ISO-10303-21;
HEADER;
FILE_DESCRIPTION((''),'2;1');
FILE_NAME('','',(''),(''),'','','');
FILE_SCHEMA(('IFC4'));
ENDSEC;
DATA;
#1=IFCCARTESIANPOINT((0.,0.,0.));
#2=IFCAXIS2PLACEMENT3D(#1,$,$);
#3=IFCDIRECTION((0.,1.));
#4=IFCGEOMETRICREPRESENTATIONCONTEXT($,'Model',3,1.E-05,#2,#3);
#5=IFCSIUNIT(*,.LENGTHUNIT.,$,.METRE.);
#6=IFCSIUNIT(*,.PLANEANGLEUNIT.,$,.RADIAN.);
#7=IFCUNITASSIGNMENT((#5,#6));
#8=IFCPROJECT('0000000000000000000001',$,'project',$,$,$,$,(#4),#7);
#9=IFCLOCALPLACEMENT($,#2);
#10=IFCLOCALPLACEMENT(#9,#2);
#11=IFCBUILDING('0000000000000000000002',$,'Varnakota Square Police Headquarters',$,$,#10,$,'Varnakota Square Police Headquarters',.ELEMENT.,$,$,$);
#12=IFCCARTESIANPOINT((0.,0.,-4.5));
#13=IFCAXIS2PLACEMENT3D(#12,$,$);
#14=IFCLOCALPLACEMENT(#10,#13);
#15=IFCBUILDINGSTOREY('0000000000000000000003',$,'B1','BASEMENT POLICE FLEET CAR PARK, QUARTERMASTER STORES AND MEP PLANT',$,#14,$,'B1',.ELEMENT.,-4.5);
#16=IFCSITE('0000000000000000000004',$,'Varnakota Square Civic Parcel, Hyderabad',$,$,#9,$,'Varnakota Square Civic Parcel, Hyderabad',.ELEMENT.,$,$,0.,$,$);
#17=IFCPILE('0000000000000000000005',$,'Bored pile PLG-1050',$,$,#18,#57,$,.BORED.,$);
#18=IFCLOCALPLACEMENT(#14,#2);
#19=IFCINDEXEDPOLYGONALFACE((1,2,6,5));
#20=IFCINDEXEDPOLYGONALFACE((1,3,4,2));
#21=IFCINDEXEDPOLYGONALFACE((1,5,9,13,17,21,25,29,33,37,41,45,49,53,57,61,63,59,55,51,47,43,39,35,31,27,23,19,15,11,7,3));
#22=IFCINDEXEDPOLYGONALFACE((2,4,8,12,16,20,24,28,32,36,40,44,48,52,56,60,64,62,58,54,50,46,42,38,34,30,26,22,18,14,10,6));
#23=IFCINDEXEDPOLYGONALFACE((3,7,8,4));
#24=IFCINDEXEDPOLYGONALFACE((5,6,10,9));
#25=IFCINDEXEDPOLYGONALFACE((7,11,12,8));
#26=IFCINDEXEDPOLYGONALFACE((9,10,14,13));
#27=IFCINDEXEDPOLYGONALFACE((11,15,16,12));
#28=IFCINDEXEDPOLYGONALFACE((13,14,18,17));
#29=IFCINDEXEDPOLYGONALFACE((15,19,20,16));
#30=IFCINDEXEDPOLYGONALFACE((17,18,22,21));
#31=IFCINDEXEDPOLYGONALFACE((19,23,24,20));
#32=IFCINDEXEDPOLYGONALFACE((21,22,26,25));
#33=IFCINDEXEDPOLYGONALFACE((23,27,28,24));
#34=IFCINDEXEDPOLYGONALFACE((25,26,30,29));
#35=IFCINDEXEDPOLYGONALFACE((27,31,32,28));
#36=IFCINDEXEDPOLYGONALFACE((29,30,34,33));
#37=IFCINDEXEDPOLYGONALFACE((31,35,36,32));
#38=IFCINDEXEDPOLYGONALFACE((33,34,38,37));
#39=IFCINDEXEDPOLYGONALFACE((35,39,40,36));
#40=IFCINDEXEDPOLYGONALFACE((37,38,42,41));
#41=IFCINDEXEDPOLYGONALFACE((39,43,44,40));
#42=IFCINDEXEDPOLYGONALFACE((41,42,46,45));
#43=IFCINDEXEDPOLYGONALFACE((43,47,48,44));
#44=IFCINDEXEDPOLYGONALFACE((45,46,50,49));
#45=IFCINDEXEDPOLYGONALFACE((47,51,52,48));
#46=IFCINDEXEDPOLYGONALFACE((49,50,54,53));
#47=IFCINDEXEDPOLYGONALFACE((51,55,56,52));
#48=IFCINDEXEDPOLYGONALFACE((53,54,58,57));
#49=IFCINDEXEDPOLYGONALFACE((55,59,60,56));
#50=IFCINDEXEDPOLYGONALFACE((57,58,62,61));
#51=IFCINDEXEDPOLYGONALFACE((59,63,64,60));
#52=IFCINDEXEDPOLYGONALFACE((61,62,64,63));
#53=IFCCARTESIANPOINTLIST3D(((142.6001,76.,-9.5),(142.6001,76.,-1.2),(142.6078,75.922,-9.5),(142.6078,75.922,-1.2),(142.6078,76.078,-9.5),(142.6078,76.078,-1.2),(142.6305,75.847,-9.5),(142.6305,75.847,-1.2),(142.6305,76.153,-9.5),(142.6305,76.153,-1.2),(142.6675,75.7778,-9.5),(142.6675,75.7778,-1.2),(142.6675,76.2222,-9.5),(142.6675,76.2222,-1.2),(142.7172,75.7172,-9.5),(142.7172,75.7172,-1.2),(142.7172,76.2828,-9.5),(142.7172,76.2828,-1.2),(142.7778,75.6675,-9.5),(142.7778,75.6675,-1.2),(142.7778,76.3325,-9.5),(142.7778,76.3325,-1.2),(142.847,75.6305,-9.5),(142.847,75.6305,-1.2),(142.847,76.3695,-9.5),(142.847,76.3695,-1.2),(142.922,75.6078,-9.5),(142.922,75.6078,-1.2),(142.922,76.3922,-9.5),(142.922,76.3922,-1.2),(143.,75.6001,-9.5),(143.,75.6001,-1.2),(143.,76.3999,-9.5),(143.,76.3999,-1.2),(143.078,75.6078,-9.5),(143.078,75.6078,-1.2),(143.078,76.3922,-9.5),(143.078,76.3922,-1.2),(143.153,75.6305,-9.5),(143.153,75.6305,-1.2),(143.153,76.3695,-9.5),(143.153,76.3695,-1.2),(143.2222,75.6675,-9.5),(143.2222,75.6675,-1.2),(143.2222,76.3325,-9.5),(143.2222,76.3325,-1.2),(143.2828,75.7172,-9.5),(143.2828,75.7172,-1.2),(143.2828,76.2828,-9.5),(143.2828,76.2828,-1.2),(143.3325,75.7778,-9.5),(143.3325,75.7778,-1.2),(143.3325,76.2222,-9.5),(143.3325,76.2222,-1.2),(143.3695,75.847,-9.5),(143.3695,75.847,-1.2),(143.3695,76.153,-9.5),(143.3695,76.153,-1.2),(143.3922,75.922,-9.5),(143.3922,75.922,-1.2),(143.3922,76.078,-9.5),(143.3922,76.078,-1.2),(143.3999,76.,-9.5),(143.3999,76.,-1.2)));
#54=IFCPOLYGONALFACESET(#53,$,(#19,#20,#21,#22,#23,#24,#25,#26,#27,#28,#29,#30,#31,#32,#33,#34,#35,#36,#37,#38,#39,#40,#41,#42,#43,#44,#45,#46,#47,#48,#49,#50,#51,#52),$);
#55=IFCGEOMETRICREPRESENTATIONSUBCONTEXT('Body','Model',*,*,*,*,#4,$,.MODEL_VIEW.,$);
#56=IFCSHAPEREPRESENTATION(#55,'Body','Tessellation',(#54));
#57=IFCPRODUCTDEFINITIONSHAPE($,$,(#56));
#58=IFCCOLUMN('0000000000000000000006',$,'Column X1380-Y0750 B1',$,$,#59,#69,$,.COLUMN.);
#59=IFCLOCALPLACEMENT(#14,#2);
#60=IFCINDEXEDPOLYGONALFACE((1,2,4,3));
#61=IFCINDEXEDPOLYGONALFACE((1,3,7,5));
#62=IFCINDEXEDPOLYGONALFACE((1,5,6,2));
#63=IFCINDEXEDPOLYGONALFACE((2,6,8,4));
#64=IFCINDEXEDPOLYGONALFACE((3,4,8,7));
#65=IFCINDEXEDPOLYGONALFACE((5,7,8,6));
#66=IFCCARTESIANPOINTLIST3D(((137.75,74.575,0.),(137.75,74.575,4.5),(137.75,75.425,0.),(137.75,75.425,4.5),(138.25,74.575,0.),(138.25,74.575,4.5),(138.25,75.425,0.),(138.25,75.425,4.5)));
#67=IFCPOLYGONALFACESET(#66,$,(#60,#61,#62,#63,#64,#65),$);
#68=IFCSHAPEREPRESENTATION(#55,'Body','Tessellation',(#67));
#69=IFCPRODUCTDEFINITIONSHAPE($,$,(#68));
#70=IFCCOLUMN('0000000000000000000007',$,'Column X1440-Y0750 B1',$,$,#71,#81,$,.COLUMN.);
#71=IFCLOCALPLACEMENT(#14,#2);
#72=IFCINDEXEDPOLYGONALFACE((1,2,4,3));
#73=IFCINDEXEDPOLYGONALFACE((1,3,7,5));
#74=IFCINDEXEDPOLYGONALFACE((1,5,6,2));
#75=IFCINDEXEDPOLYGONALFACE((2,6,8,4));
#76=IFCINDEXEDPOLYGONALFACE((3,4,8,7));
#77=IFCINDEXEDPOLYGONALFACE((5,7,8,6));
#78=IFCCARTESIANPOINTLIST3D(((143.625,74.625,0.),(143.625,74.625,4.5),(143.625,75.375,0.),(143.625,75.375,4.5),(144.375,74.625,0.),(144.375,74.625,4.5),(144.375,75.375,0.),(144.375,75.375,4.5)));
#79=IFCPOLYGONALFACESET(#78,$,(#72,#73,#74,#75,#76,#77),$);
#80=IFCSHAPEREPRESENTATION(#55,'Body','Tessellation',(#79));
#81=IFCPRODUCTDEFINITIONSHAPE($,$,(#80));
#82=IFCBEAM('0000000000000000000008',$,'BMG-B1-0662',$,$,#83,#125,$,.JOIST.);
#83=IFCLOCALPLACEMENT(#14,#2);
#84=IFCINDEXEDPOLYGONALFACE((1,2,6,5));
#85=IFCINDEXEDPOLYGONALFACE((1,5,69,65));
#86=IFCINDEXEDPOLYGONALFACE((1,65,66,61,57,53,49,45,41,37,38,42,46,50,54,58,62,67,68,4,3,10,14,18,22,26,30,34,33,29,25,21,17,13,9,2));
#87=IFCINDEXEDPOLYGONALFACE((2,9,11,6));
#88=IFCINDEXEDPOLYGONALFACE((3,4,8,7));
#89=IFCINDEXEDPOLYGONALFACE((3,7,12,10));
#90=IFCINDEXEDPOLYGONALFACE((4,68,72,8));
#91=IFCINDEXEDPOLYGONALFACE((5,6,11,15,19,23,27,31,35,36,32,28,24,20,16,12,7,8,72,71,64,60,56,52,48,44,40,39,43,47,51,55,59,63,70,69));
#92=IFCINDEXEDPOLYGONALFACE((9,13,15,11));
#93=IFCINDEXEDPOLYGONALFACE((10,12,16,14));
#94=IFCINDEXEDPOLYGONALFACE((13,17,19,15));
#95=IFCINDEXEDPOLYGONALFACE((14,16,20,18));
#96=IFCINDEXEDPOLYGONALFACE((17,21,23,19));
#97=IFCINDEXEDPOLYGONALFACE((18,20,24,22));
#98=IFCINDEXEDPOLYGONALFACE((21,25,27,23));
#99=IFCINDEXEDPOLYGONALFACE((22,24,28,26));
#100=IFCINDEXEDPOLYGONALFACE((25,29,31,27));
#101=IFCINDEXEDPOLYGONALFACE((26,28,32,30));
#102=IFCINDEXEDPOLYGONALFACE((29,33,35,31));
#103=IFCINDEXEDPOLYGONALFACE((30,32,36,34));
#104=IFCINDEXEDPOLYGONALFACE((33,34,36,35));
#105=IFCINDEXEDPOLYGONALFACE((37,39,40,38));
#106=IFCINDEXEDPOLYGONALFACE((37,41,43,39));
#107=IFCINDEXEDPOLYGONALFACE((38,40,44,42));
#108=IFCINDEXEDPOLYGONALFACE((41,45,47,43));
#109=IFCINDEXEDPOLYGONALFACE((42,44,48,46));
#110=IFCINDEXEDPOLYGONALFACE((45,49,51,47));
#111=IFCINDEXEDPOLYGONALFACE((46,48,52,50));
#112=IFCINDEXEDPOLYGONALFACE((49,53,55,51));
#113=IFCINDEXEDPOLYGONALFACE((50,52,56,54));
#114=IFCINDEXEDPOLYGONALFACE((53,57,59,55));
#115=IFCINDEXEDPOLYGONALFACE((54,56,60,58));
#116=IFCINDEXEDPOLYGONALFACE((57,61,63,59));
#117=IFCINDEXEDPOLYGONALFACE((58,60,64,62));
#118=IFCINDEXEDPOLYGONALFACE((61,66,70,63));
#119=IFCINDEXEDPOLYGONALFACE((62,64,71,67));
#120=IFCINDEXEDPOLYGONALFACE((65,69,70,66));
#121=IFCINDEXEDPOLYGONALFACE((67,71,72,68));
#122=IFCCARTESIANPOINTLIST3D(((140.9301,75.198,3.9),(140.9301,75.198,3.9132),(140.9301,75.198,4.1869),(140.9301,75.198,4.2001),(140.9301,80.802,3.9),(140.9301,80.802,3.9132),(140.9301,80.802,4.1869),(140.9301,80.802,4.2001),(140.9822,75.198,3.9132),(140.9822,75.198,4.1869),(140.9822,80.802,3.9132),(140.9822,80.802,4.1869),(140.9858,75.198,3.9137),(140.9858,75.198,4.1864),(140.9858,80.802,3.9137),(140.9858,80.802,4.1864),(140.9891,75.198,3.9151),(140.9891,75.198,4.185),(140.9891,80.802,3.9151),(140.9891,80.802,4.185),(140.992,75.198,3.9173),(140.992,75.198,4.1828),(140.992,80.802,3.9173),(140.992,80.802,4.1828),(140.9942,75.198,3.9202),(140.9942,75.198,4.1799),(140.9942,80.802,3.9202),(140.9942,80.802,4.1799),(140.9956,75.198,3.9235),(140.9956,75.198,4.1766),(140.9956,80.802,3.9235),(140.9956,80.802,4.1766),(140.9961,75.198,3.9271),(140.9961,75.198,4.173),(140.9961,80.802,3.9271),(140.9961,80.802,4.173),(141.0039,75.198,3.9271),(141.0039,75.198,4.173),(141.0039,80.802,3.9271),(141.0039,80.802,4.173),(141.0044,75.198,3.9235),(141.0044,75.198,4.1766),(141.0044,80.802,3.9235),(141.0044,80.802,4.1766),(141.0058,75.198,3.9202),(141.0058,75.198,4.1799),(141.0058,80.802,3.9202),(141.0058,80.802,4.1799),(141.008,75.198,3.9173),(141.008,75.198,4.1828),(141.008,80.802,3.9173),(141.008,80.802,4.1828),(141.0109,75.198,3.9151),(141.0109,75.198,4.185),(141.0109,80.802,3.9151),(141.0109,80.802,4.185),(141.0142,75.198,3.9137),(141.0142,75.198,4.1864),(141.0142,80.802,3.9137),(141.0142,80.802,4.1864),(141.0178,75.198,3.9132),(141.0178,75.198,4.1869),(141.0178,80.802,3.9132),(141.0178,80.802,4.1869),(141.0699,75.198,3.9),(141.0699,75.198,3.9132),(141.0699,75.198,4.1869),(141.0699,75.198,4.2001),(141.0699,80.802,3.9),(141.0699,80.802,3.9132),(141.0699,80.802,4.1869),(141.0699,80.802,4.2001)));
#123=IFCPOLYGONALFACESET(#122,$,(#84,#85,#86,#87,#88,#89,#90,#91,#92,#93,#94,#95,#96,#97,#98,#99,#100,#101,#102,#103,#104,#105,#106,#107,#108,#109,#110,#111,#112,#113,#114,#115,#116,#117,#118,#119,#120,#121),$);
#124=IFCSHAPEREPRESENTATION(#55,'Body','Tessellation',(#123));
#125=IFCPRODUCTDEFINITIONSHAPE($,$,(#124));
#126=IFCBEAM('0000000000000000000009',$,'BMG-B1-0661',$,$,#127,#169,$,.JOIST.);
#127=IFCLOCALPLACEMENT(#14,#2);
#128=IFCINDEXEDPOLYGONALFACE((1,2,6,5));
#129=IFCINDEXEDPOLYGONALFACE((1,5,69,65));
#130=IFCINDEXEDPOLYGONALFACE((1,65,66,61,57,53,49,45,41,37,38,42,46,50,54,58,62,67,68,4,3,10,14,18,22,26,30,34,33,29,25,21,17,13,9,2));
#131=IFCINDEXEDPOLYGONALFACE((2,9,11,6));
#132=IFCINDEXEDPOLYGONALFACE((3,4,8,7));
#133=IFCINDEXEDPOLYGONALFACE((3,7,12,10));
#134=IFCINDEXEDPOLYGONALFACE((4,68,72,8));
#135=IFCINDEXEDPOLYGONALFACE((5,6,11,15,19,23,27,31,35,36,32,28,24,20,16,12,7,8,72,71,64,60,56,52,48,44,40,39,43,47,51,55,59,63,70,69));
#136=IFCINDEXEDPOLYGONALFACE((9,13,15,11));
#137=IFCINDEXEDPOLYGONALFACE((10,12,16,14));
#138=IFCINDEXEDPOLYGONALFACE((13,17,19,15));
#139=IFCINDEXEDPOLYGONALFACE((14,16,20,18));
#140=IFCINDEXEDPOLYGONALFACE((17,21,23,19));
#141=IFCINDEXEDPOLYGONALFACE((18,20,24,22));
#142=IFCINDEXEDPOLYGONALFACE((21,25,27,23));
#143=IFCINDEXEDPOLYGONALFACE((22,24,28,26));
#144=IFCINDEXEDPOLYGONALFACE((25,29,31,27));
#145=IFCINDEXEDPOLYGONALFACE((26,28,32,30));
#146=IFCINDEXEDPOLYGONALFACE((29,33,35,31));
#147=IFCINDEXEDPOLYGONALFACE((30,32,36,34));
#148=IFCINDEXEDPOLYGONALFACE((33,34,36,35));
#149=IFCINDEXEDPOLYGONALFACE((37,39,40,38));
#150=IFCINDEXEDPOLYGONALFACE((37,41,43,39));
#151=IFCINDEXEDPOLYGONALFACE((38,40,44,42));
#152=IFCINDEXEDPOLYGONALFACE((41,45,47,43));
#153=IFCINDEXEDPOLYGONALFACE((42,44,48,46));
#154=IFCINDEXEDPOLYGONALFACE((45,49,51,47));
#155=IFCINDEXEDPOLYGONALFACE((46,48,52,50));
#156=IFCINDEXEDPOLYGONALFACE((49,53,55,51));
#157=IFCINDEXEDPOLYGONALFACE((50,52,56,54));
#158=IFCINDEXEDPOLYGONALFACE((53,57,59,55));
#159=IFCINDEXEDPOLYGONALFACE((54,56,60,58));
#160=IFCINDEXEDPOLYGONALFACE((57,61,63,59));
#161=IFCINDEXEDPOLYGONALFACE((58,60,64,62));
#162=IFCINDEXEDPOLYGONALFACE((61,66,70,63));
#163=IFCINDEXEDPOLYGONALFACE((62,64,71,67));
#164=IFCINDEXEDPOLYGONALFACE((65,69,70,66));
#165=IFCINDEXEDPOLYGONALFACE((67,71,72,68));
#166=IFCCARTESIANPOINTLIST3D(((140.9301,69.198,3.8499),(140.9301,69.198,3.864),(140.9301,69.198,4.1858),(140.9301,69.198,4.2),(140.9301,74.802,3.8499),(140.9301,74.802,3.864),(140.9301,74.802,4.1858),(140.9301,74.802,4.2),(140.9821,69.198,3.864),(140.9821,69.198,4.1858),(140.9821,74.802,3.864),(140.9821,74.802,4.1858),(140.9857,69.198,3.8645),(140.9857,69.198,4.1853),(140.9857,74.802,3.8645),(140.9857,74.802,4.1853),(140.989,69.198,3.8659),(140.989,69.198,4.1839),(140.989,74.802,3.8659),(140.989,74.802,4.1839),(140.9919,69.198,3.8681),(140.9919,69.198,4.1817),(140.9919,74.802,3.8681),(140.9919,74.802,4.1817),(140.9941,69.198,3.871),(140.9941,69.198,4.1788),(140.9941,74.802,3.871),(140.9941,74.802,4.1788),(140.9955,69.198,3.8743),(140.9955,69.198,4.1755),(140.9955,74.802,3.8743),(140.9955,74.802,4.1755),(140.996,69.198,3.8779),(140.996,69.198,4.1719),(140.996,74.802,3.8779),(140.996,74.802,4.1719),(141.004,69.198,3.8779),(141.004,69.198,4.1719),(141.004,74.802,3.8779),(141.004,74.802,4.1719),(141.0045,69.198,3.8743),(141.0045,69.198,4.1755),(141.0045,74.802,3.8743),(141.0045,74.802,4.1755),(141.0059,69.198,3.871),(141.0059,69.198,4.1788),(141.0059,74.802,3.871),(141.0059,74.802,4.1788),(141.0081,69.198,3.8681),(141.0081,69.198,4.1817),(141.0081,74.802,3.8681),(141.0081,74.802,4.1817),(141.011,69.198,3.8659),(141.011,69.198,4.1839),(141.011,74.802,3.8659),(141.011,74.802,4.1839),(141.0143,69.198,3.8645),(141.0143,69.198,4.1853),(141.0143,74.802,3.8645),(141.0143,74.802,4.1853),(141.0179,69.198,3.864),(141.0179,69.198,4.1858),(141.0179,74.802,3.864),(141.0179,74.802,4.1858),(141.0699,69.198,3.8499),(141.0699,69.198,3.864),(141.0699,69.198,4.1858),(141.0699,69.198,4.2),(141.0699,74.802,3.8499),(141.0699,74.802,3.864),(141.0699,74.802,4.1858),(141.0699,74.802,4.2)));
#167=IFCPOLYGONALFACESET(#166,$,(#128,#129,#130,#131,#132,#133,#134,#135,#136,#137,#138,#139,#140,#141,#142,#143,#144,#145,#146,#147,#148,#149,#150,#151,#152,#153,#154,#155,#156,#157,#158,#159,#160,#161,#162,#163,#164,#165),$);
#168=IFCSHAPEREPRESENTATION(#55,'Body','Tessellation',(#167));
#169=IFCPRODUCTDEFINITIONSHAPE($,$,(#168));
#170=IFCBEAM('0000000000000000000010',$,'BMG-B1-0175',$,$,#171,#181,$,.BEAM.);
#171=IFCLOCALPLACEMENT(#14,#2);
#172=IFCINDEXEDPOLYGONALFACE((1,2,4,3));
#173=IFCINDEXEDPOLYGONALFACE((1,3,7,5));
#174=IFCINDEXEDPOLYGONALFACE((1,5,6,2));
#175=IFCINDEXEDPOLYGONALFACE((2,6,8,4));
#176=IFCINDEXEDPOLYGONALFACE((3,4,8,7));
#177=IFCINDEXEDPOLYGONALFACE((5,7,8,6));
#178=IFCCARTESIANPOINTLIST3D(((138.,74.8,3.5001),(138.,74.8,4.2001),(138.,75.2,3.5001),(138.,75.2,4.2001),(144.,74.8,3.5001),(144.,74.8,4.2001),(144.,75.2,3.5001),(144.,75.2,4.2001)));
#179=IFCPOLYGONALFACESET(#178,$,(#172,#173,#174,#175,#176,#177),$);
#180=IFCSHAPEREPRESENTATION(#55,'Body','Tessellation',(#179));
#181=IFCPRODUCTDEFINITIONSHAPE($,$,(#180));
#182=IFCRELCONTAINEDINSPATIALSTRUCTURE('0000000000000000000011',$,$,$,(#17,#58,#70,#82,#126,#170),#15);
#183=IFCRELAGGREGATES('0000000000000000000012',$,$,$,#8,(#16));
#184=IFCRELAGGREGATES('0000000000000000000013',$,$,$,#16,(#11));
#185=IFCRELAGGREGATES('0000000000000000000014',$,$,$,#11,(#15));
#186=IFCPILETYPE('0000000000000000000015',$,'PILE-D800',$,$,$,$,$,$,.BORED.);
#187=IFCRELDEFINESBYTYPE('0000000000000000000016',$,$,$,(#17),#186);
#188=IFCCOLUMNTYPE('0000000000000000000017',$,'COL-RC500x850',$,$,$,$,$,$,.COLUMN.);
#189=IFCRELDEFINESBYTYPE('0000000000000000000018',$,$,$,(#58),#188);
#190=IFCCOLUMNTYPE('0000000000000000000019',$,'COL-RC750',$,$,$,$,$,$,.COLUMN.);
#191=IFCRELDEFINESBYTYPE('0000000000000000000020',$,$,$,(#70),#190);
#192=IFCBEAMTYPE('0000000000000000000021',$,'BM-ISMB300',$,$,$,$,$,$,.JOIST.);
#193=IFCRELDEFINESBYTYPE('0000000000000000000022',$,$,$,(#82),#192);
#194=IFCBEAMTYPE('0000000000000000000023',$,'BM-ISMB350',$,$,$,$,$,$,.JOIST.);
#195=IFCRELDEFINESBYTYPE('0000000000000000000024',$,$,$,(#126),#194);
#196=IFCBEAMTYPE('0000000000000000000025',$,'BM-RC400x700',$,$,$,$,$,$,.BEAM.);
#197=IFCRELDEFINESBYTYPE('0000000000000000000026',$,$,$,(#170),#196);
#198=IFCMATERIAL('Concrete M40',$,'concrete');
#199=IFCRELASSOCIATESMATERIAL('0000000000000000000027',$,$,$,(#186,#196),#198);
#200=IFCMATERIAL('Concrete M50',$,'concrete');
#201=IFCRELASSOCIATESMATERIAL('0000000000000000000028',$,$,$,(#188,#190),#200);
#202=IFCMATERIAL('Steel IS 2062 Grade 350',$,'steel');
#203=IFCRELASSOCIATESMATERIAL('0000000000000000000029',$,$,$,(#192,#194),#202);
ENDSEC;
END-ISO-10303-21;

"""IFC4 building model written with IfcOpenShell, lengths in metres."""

from ifc_helpers import new_model, si_unit, direction, frame, origin, origin_2d, place, context, subcontext, project, spatial, rectangle, circle, i_section, extrude, material, material_profile, profile_set, type_object, element, save


model = new_model("IFC4")

# Units and contexts
model_context = context("Model", 3, precision=1e-05, world=origin(), true_north=direction((0.0, 1.0)))
body_context = subcontext(model_context, "Body", "Model", "MODEL_VIEW")
ifc_project = project(units=[si_unit("LENGTHUNIT", "METRE"), si_unit("PLANEANGLEUNIT", "RADIAN")], contexts=[model_context])

# Site, building, storey
site_placement = place(None, origin())
site = spatial("IfcSite", under=ifc_project, at=site_placement, Name="Varnakota Square Civic Parcel, Hyderabad", LongName="Varnakota Square Civic Parcel, Hyderabad", CompositionType="ELEMENT", RefElevation=0.0)
building_placement = place(site_placement, origin())
building = spatial("IfcBuilding", under=site, at=building_placement, Name="Varnakota Square Police Headquarters", LongName="Varnakota Square Police Headquarters", CompositionType="ELEMENT")
storey_placement = place(building_placement, frame((0.0, 0.0, -4.5)))
storey = spatial("IfcBuildingStorey", under=building, at=storey_placement, Name="B1", Description="BASEMENT POLICE FLEET CAR PARK, QUARTERMASTER STORES AND MEP PLANT", LongName="B1", CompositionType="ELEMENT", Elevation=-4.5)

# Shared definitions
ifc_material_1 = material(Name="Concrete M40", Category="concrete")

# Pile
ifc_material_profile_1 = material_profile(ifc_material_1, circle(Radius=0.3999, at=origin_2d()), Name="BORED PILE 800")
ifc_profile_set_1 = profile_set([ifc_material_profile_1], Name="Concrete M40")
pile_type = type_object("IfcPileType", Name="PILE-D800", PredefinedType="BORED", material=ifc_profile_set_1)
for number, where, z_axis, x_axis, name in (
    (1, (143.0, 76.0, -1.2), (0.0, 0.0, -1.0), (1.0, 0.0, 0.0), "Bored pile PLG-1050"),
):
    element("IfcPile", number, at=place(storey_placement, frame(where, z_axis=z_axis, x_axis=x_axis)), inside=storey, type_object=pile_type, Name=name, PredefinedType="BORED", context=body_context, shape_type="SweptSolid", body=[
        extrude(circle(Radius=0.3999, at=origin_2d()), origin(), (0.0, 0.0, 1.0), 8.3),
    ])

# Columns
ifc_material_2 = material(Name="Concrete M50", Category="concrete")
ifc_material_profile_2 = material_profile(ifc_material_2, rectangle(XDim=0.5, YDim=0.8501, at=origin_2d()), Name="RC 500x850")
ifc_profile_set_2 = profile_set([ifc_material_profile_2], Name="Concrete M50")
column_type_1 = type_object("IfcColumnType", Name="COL-RC500x850", PredefinedType="COLUMN", material=ifc_profile_set_2)
column_1_placement = place(storey_placement, frame((138.0, 75.0, 0.0), z_axis=(0.0, 0.0, 1.0), x_axis=(1.0, 0.0, 0.0)))
element("IfcColumn", 2, at=column_1_placement, inside=storey, type_object=column_type_1, Name="Column X1380-Y0750 B1", PredefinedType="COLUMN", context=body_context, shape_type="SweptSolid", body=[
    extrude(rectangle(XDim=0.5, YDim=0.8501, at=origin_2d()), origin(), (0.0, 0.0, 1.0), 4.5),
])
ifc_material_profile_3 = material_profile(ifc_material_2, rectangle(XDim=0.75, YDim=0.75, at=origin_2d()), Name="RC 750x750")
ifc_profile_set_3 = profile_set([ifc_material_profile_3], Name="Concrete M50")
column_type_2 = type_object("IfcColumnType", Name="COL-RC750", PredefinedType="COLUMN", material=ifc_profile_set_3)
column_2_placement = place(storey_placement, frame((144.0, 75.0, 0.0), z_axis=(0.0, 0.0, 1.0), x_axis=(1.0, 0.0, 0.0)))
element("IfcColumn", 3, at=column_2_placement, inside=storey, type_object=column_type_2, Name="Column X1440-Y0750 B1", PredefinedType="COLUMN", context=body_context, shape_type="SweptSolid", body=[
    extrude(rectangle(XDim=0.75, YDim=0.75, at=origin_2d()), origin(), (0.0, 0.0, 1.0), 4.5),
])

# Beams
ifc_material_3 = material(Name="Steel IS 2062 Grade 350", Category="steel")
ifc_material_profile_4 = material_profile(ifc_material_3, i_section(OverallWidth=0.1399, OverallDepth=0.3, WebThickness=0.0078, FlangeThickness=0.0132, FilletRadius=0.0139, at=origin_2d()), Name="ISMB 300")
ifc_profile_set_4 = profile_set([ifc_material_profile_4], Name="Steel IS 2062 Grade 350")
beam_type_1 = type_object("IfcBeamType", Name="BM-ISMB300", PredefinedType="JOIST", material=ifc_profile_set_4)
beam_1_placement = place(storey_placement, frame((141.0, 75.198, 4.05), z_axis=(0.0, 1.0, 0.0), x_axis=(-1.0, 0.0, 0.0)))
element("IfcBeam", 4, at=beam_1_placement, inside=storey, type_object=beam_type_1, Name="BMG-B1-0662", PredefinedType="JOIST", context=body_context, shape_type="SweptSolid", body=[
    extrude(i_section(OverallWidth=0.1399, OverallDepth=0.3, WebThickness=0.0078, FlangeThickness=0.0132, FilletRadius=0.0139, at=origin_2d()), origin(), (0.0, 0.0, 1.0), 5.604),
])
ifc_material_profile_5 = material_profile(ifc_material_3, i_section(OverallWidth=0.1399, OverallDepth=0.3501, WebThickness=0.0081, FlangeThickness=0.0142, FilletRadius=0.0139, at=origin_2d()), Name="ISMB 350")
ifc_profile_set_5 = profile_set([ifc_material_profile_5], Name="Steel IS 2062 Grade 350")
beam_type_2 = type_object("IfcBeamType", Name="BM-ISMB350", PredefinedType="JOIST", material=ifc_profile_set_5)
beam_2_placement = place(storey_placement, frame((141.0, 69.198, 4.0249), z_axis=(0.0, 1.0, 0.0), x_axis=(-1.0, 0.0, 0.0)))
element("IfcBeam", 5, at=beam_2_placement, inside=storey, type_object=beam_type_2, Name="BMG-B1-0661", PredefinedType="JOIST", context=body_context, shape_type="SweptSolid", body=[
    extrude(i_section(OverallWidth=0.1399, OverallDepth=0.3501, WebThickness=0.0081, FlangeThickness=0.0142, FilletRadius=0.0139, at=origin_2d()), origin(), (0.0, 0.0, 1.0), 5.604),
])
ifc_material_profile_6 = material_profile(ifc_material_1, rectangle(XDim=0.3999, YDim=0.7, at=origin_2d()), Name="RC 400x700")
ifc_profile_set_6 = profile_set([ifc_material_profile_6], Name="Concrete M40")
beam_type_3 = type_object("IfcBeamType", Name="BM-RC400x700", PredefinedType="BEAM", material=ifc_profile_set_6)
for number, where, z_axis, x_axis, name in (
    (6, (138.0, 75.0, 3.8501), (1.0, 0.0, 0.0), (0.0, 1.0, 0.0), "BMG-B1-0175"),
):
    element("IfcBeam", number, at=place(storey_placement, frame(where, z_axis=z_axis, x_axis=x_axis)), inside=storey, type_object=beam_type_3, Name=name, PredefinedType="BEAM", context=body_context, shape_type="SweptSolid", body=[
        extrude(rectangle(XDim=0.3999, YDim=0.7, at=origin_2d()), origin(), (0.0, 0.0, 1.0), 6.0),
    ])

save(model, "model.ifc")
